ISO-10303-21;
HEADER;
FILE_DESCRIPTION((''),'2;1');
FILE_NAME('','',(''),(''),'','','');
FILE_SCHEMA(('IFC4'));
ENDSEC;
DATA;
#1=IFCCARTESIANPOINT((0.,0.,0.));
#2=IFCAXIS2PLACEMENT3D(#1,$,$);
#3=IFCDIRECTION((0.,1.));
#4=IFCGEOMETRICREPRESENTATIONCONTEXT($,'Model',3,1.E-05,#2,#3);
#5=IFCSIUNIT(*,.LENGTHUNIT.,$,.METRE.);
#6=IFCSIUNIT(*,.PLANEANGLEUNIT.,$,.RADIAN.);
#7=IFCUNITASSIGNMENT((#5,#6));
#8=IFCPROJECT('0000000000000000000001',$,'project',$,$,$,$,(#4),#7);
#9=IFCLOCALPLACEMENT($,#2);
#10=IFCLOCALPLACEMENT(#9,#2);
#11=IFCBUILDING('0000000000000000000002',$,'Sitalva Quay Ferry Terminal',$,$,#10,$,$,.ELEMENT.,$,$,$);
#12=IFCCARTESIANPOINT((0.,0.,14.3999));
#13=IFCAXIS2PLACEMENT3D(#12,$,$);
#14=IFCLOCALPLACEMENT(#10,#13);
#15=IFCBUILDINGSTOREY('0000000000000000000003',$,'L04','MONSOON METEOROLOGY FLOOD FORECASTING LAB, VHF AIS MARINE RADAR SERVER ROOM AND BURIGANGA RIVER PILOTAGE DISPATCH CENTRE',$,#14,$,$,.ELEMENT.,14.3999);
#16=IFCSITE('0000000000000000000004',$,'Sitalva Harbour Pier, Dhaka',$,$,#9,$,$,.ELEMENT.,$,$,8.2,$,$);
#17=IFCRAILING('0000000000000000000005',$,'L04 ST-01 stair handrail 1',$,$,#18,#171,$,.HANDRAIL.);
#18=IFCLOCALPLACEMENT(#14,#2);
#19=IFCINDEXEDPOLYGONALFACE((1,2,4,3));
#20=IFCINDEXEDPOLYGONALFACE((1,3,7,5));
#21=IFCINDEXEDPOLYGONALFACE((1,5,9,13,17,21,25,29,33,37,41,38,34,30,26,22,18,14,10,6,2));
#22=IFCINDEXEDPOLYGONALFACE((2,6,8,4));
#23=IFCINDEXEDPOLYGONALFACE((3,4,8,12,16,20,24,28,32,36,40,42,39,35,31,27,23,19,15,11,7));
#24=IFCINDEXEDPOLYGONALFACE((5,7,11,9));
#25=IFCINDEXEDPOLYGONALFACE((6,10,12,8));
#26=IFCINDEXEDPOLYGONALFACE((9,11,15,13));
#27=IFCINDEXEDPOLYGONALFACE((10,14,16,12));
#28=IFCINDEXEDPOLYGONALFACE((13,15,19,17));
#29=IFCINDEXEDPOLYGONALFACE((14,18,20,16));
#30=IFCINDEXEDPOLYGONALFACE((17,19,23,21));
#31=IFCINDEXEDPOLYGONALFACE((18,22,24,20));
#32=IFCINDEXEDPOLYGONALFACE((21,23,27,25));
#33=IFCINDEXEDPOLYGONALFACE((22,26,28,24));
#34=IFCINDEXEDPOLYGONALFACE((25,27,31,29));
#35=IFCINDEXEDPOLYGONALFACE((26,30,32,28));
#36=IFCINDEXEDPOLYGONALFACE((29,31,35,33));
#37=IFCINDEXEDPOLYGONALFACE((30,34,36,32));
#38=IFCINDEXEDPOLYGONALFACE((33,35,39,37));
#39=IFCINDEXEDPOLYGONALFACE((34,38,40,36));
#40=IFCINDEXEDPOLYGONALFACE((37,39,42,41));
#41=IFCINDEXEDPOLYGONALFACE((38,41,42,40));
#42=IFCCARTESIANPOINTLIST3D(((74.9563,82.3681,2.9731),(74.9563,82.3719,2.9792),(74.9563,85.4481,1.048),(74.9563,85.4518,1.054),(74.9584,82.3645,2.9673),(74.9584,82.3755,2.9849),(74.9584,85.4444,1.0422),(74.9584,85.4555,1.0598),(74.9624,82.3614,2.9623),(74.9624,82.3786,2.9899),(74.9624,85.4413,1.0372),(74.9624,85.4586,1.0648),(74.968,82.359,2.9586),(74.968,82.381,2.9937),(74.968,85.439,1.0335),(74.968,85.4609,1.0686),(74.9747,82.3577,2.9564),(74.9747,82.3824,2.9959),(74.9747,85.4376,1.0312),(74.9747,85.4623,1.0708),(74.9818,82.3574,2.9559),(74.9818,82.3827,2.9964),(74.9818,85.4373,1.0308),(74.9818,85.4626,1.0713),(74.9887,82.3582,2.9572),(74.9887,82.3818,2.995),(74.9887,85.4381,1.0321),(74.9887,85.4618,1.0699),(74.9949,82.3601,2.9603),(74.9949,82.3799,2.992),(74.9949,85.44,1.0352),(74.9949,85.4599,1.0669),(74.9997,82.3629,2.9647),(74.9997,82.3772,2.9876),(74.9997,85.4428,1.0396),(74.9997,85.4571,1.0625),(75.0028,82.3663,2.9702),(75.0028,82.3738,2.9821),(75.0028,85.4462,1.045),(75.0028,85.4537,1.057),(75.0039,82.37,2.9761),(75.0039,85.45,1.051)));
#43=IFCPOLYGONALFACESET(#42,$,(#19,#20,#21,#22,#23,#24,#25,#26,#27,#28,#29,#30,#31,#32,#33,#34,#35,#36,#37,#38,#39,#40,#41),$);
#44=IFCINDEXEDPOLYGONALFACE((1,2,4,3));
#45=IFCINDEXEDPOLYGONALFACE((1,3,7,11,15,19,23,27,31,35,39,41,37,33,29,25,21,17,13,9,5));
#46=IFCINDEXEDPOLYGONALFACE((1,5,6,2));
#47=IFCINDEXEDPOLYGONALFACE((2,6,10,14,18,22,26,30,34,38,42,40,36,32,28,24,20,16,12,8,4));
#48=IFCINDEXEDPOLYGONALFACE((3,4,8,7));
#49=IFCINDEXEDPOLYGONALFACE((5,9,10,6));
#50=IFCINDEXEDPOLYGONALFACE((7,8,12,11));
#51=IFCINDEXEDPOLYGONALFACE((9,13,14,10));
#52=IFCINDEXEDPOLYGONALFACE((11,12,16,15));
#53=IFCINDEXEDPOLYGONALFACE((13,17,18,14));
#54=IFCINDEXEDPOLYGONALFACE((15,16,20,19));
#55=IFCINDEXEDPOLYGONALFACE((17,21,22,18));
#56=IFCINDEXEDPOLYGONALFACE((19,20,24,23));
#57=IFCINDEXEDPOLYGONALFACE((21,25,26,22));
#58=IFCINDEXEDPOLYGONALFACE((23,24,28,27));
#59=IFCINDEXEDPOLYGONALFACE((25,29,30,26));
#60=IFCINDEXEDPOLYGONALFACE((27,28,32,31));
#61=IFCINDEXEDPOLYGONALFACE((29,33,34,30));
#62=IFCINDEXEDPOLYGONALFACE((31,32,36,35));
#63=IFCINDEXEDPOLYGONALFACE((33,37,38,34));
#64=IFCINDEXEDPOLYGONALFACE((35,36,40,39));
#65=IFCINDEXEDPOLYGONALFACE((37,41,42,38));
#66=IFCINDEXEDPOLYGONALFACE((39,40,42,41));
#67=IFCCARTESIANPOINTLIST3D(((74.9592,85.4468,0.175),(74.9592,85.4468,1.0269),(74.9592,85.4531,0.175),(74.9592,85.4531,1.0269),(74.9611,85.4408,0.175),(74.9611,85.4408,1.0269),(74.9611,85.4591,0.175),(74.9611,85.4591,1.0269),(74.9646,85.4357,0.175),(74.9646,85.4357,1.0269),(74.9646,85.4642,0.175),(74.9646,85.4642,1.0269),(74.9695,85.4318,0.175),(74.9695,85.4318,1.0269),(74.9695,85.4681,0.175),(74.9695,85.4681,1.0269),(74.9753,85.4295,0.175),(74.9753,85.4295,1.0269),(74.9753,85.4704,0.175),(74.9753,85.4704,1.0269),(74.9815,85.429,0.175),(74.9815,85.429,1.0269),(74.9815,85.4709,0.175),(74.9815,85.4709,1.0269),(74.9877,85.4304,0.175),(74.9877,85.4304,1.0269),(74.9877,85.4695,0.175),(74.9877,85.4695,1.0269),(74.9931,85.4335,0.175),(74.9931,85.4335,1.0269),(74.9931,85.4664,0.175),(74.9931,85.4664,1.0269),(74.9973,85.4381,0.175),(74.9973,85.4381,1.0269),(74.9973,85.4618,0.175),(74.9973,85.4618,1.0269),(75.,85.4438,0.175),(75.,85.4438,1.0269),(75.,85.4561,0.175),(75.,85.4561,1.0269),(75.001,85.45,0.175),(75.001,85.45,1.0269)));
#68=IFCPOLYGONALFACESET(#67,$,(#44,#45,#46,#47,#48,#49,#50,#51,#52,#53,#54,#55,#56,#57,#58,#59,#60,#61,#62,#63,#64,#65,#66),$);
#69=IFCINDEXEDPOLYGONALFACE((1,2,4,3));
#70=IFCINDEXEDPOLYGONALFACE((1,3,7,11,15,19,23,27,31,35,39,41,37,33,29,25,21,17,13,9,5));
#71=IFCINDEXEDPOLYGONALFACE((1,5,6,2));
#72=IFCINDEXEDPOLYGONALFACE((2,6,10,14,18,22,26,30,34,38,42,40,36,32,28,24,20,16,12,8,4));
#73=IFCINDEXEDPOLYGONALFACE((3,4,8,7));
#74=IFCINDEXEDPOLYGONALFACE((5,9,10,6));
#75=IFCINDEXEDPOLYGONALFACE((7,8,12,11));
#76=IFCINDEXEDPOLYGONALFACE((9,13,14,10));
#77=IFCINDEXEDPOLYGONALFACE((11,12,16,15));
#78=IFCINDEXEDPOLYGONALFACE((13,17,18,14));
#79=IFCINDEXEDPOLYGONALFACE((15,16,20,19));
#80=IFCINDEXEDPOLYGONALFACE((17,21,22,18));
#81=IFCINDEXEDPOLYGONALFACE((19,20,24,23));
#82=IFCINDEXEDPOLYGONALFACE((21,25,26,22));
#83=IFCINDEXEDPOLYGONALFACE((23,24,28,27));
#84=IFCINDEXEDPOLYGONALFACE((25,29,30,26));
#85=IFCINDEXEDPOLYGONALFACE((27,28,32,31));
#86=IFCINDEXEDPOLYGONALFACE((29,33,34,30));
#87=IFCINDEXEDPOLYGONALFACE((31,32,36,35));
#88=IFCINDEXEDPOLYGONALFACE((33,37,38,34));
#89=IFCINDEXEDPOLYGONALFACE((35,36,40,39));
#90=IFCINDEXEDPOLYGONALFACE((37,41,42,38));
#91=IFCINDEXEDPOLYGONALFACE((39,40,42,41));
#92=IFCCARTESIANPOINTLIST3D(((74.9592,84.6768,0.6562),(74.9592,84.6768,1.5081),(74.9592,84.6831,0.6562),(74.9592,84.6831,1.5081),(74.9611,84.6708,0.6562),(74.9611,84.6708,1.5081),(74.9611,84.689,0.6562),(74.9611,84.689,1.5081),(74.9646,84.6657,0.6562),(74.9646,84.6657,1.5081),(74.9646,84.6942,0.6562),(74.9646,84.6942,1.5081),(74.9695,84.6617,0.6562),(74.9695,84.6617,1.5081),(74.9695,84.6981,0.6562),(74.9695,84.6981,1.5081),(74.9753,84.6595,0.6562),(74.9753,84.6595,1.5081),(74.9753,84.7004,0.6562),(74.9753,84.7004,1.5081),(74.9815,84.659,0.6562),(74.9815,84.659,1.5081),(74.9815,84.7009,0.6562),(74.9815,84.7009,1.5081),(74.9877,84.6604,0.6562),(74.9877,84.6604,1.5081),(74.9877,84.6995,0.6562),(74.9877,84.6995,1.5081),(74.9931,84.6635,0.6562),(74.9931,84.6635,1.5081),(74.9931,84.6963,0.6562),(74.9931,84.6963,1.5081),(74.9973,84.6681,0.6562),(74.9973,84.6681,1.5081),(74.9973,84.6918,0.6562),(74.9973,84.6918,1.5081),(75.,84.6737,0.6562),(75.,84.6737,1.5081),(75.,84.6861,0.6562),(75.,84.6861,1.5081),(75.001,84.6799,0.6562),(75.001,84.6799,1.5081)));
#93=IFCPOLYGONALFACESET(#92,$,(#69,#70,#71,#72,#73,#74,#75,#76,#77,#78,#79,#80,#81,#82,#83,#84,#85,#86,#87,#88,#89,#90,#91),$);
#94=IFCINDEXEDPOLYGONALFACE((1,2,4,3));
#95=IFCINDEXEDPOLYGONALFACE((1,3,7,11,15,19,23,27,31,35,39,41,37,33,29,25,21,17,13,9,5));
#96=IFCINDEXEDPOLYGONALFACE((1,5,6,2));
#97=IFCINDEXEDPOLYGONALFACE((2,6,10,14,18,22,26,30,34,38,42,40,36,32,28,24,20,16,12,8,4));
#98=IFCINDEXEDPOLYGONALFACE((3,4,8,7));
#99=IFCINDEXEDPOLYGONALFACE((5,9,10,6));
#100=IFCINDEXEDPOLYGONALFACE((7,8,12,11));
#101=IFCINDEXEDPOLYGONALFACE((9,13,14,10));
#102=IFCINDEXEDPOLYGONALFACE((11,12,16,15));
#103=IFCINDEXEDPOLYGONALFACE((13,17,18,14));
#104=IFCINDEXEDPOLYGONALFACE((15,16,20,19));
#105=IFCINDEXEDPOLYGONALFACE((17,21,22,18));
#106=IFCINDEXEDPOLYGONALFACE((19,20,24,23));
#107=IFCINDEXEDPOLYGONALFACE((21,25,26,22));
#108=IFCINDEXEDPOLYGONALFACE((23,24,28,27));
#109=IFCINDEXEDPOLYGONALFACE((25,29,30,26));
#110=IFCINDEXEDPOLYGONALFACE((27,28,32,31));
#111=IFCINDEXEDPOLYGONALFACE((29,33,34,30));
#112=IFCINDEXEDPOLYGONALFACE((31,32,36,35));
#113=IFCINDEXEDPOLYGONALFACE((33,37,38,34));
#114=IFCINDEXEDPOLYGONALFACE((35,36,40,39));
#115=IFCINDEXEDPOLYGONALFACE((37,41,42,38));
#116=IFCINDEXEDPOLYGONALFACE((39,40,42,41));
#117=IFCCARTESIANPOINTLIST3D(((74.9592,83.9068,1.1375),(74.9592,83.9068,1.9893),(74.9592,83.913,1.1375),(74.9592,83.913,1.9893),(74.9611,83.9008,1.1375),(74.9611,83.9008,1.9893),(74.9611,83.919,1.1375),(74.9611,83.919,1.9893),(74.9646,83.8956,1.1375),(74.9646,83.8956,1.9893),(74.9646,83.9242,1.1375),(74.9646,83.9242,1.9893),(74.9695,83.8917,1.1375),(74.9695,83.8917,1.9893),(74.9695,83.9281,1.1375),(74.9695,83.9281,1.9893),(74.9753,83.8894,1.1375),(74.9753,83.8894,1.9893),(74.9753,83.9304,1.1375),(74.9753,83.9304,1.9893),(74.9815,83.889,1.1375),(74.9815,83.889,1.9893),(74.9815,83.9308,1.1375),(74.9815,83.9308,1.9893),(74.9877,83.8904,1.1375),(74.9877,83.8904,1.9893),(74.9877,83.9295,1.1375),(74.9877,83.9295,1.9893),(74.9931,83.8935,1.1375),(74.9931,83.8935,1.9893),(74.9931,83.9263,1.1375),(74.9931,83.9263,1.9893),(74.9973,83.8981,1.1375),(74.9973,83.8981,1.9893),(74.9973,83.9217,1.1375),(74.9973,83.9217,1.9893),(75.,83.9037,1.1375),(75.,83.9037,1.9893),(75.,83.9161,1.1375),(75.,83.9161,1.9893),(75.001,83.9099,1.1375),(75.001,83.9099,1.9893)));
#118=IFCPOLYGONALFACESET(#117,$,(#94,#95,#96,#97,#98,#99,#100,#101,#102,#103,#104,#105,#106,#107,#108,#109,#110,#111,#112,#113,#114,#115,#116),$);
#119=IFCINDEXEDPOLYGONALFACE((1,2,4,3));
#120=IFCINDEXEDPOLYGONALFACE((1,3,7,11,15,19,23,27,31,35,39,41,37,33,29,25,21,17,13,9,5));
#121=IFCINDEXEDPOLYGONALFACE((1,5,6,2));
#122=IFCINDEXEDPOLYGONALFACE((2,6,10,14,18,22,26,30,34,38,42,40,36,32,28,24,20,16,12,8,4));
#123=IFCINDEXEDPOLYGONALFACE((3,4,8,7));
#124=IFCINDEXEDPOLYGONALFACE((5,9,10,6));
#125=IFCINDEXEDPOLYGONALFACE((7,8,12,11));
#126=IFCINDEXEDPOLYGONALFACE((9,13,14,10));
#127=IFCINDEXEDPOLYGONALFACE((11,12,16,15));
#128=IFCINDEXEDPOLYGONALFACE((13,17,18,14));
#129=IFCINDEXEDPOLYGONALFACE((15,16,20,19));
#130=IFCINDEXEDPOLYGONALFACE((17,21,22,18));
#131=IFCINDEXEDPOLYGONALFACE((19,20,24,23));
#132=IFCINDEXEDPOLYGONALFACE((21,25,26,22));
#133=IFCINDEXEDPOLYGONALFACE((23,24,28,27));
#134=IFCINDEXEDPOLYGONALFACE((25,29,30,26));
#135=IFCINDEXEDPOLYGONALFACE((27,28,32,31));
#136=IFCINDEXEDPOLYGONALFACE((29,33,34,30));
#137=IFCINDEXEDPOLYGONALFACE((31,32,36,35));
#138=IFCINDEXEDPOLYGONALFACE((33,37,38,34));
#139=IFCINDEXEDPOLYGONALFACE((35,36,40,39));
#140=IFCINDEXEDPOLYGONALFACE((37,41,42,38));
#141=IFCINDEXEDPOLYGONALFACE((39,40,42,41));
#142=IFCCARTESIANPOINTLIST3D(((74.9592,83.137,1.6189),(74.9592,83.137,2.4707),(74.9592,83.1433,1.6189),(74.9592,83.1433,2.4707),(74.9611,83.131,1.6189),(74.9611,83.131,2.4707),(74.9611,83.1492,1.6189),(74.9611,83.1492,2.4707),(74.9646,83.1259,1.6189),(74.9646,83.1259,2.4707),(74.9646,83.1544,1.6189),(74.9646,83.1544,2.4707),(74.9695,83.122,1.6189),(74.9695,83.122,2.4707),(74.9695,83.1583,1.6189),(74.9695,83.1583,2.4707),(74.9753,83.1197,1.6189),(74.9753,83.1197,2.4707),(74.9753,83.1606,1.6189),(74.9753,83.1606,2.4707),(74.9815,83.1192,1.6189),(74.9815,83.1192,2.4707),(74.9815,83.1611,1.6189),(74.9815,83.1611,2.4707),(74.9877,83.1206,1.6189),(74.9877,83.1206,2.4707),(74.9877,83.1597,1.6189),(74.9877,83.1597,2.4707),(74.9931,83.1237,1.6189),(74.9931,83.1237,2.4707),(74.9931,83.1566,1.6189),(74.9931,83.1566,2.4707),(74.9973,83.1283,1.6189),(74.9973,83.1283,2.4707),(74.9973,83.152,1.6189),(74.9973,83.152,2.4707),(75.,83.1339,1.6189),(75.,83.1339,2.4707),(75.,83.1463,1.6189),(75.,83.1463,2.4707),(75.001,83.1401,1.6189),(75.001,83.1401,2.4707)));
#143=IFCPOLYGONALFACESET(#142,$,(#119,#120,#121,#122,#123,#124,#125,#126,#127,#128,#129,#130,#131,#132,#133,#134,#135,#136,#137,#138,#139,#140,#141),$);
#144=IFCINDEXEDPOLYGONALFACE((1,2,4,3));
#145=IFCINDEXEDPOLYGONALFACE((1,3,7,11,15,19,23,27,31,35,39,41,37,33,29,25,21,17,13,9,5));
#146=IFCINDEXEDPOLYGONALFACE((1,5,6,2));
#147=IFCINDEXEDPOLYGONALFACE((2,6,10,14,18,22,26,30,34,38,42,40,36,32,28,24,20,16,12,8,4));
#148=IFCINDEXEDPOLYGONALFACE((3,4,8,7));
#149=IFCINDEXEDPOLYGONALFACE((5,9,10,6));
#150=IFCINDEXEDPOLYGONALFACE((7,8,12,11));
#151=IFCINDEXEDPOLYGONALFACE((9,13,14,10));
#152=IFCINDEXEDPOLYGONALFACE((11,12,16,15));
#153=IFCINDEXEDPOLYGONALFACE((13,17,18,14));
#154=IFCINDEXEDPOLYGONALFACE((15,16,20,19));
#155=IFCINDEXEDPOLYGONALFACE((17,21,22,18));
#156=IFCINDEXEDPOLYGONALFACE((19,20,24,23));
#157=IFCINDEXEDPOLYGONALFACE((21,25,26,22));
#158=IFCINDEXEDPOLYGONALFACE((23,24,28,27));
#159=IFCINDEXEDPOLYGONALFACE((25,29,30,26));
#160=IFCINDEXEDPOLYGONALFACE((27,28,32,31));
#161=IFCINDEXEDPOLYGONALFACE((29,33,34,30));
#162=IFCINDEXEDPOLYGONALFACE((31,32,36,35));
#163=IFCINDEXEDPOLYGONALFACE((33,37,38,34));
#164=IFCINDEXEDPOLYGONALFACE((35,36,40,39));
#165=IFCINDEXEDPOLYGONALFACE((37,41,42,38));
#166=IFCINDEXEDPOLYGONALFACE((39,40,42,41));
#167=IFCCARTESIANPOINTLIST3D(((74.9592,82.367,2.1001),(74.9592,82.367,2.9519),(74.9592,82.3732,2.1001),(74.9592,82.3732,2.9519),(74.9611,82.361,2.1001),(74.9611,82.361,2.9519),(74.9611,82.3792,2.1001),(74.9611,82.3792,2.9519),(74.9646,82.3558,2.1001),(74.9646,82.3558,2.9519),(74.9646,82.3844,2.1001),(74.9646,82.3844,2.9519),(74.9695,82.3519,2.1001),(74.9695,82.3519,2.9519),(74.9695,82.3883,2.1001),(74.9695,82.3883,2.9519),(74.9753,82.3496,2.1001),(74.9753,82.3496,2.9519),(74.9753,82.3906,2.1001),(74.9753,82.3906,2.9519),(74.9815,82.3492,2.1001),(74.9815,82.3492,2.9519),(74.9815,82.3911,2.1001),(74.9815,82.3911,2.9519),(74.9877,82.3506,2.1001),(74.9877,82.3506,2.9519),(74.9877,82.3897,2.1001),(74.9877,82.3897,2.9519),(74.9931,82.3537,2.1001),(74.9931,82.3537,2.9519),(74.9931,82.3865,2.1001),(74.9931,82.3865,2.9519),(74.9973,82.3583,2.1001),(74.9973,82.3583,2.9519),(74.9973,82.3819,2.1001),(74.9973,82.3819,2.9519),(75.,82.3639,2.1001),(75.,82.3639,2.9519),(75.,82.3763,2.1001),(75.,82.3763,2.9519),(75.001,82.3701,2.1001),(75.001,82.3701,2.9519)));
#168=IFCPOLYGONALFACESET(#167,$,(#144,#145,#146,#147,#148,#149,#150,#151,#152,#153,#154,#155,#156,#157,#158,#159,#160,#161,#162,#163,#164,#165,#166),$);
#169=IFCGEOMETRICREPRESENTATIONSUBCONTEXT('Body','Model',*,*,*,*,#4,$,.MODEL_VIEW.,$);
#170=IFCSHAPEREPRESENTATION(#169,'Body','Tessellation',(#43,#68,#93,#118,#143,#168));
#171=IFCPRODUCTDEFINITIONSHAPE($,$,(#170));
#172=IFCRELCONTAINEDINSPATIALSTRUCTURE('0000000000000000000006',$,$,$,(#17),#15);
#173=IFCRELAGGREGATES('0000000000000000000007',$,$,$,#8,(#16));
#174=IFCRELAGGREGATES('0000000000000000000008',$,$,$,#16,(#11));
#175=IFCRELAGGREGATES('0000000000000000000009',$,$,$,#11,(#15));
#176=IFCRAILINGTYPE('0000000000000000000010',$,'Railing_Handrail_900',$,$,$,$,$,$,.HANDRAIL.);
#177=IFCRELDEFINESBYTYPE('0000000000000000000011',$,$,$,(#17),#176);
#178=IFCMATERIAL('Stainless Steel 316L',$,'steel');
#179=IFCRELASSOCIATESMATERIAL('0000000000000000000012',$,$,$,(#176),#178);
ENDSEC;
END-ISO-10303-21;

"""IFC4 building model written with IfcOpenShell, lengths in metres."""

from ifc_helpers import new_model, si_unit, direction, frame, origin, origin_2d, place, context, subcontext, project, spatial, circle, extrude, material, type_object, element, save


model = new_model("IFC4")

# Units and contexts
model_context = context("Model", 3, precision=1e-05, world=origin(), true_north=direction((0.0, 1.0)))
body_context = subcontext(model_context, "Body", "Model", "MODEL_VIEW")
ifc_project = project(units=[si_unit("LENGTHUNIT", "METRE"), si_unit("PLANEANGLEUNIT", "RADIAN")], contexts=[model_context])

# Site, building, storey
site_placement = place(None, origin())
site = spatial("IfcSite", under=ifc_project, at=site_placement, Name="Sitalva Harbour Pier, Dhaka", CompositionType="ELEMENT", RefElevation=8.2)
building_placement = place(site_placement, origin())
building = spatial("IfcBuilding", under=site, at=building_placement, Name="Sitalva Quay Ferry Terminal", CompositionType="ELEMENT")
storey_placement = place(building_placement, frame((0.0, 0.0, 14.3999)))
storey = spatial("IfcBuildingStorey", under=building, at=storey_placement, Name="L04", Description="MONSOON METEOROLOGY FLOOD FORECASTING LAB, VHF AIS MARINE RADAR SERVER ROOM AND BURIGANGA RIVER PILOTAGE DISPATCH CENTRE", CompositionType="ELEMENT", Elevation=14.3999)

# Railing
ifc_material_1 = material(Name="Stainless Steel 316L", Category="steel")
railing_type_1 = type_object("IfcRailingType", Name="Railing_Handrail_900", PredefinedType="HANDRAIL", material=ifc_material_1)
railing_1_placement = place(storey_placement, frame((74.98, 85.45, 0.175)))
element("IfcRailing", 1, at=railing_1_placement, inside=storey, type_object=railing_type_1, Name="L04 ST-01 stair handrail 1", PredefinedType="HANDRAIL", context=body_context, shape_type="SweptSolid", body=[
    extrude(circle(Radius=0.0239, at=origin_2d()), frame((0.0, 0.0, 0.876), z_axis=(0.0, -0.847979, 0.530029), x_axis=(1.0, 0.0, 0.0)), (0.0, 0.0, 1.0), 3.6321),
    extrude(circle(Radius=0.021, at=origin_2d()), origin(), (0.0, 0.0, 1.0), 0.8518),
    extrude(circle(Radius=0.021, at=origin_2d()), frame((0.0, -0.77, 0.4812)), (0.0, 0.0, 1.0), 0.8518),
    extrude(circle(Radius=0.021, at=origin_2d()), frame((0.0, -1.54, 0.9624)), (0.0, 0.0, 1.0), 0.8518),
    extrude(circle(Radius=0.021, at=origin_2d()), frame((0.0, -2.3098, 1.4438)), (0.0, 0.0, 1.0), 0.8518),
    extrude(circle(Radius=0.021, at=origin_2d()), frame((0.0, -3.0798, 1.925)), (0.0, 0.0, 1.0), 0.8518),
])

save(model, "model.ifc")
